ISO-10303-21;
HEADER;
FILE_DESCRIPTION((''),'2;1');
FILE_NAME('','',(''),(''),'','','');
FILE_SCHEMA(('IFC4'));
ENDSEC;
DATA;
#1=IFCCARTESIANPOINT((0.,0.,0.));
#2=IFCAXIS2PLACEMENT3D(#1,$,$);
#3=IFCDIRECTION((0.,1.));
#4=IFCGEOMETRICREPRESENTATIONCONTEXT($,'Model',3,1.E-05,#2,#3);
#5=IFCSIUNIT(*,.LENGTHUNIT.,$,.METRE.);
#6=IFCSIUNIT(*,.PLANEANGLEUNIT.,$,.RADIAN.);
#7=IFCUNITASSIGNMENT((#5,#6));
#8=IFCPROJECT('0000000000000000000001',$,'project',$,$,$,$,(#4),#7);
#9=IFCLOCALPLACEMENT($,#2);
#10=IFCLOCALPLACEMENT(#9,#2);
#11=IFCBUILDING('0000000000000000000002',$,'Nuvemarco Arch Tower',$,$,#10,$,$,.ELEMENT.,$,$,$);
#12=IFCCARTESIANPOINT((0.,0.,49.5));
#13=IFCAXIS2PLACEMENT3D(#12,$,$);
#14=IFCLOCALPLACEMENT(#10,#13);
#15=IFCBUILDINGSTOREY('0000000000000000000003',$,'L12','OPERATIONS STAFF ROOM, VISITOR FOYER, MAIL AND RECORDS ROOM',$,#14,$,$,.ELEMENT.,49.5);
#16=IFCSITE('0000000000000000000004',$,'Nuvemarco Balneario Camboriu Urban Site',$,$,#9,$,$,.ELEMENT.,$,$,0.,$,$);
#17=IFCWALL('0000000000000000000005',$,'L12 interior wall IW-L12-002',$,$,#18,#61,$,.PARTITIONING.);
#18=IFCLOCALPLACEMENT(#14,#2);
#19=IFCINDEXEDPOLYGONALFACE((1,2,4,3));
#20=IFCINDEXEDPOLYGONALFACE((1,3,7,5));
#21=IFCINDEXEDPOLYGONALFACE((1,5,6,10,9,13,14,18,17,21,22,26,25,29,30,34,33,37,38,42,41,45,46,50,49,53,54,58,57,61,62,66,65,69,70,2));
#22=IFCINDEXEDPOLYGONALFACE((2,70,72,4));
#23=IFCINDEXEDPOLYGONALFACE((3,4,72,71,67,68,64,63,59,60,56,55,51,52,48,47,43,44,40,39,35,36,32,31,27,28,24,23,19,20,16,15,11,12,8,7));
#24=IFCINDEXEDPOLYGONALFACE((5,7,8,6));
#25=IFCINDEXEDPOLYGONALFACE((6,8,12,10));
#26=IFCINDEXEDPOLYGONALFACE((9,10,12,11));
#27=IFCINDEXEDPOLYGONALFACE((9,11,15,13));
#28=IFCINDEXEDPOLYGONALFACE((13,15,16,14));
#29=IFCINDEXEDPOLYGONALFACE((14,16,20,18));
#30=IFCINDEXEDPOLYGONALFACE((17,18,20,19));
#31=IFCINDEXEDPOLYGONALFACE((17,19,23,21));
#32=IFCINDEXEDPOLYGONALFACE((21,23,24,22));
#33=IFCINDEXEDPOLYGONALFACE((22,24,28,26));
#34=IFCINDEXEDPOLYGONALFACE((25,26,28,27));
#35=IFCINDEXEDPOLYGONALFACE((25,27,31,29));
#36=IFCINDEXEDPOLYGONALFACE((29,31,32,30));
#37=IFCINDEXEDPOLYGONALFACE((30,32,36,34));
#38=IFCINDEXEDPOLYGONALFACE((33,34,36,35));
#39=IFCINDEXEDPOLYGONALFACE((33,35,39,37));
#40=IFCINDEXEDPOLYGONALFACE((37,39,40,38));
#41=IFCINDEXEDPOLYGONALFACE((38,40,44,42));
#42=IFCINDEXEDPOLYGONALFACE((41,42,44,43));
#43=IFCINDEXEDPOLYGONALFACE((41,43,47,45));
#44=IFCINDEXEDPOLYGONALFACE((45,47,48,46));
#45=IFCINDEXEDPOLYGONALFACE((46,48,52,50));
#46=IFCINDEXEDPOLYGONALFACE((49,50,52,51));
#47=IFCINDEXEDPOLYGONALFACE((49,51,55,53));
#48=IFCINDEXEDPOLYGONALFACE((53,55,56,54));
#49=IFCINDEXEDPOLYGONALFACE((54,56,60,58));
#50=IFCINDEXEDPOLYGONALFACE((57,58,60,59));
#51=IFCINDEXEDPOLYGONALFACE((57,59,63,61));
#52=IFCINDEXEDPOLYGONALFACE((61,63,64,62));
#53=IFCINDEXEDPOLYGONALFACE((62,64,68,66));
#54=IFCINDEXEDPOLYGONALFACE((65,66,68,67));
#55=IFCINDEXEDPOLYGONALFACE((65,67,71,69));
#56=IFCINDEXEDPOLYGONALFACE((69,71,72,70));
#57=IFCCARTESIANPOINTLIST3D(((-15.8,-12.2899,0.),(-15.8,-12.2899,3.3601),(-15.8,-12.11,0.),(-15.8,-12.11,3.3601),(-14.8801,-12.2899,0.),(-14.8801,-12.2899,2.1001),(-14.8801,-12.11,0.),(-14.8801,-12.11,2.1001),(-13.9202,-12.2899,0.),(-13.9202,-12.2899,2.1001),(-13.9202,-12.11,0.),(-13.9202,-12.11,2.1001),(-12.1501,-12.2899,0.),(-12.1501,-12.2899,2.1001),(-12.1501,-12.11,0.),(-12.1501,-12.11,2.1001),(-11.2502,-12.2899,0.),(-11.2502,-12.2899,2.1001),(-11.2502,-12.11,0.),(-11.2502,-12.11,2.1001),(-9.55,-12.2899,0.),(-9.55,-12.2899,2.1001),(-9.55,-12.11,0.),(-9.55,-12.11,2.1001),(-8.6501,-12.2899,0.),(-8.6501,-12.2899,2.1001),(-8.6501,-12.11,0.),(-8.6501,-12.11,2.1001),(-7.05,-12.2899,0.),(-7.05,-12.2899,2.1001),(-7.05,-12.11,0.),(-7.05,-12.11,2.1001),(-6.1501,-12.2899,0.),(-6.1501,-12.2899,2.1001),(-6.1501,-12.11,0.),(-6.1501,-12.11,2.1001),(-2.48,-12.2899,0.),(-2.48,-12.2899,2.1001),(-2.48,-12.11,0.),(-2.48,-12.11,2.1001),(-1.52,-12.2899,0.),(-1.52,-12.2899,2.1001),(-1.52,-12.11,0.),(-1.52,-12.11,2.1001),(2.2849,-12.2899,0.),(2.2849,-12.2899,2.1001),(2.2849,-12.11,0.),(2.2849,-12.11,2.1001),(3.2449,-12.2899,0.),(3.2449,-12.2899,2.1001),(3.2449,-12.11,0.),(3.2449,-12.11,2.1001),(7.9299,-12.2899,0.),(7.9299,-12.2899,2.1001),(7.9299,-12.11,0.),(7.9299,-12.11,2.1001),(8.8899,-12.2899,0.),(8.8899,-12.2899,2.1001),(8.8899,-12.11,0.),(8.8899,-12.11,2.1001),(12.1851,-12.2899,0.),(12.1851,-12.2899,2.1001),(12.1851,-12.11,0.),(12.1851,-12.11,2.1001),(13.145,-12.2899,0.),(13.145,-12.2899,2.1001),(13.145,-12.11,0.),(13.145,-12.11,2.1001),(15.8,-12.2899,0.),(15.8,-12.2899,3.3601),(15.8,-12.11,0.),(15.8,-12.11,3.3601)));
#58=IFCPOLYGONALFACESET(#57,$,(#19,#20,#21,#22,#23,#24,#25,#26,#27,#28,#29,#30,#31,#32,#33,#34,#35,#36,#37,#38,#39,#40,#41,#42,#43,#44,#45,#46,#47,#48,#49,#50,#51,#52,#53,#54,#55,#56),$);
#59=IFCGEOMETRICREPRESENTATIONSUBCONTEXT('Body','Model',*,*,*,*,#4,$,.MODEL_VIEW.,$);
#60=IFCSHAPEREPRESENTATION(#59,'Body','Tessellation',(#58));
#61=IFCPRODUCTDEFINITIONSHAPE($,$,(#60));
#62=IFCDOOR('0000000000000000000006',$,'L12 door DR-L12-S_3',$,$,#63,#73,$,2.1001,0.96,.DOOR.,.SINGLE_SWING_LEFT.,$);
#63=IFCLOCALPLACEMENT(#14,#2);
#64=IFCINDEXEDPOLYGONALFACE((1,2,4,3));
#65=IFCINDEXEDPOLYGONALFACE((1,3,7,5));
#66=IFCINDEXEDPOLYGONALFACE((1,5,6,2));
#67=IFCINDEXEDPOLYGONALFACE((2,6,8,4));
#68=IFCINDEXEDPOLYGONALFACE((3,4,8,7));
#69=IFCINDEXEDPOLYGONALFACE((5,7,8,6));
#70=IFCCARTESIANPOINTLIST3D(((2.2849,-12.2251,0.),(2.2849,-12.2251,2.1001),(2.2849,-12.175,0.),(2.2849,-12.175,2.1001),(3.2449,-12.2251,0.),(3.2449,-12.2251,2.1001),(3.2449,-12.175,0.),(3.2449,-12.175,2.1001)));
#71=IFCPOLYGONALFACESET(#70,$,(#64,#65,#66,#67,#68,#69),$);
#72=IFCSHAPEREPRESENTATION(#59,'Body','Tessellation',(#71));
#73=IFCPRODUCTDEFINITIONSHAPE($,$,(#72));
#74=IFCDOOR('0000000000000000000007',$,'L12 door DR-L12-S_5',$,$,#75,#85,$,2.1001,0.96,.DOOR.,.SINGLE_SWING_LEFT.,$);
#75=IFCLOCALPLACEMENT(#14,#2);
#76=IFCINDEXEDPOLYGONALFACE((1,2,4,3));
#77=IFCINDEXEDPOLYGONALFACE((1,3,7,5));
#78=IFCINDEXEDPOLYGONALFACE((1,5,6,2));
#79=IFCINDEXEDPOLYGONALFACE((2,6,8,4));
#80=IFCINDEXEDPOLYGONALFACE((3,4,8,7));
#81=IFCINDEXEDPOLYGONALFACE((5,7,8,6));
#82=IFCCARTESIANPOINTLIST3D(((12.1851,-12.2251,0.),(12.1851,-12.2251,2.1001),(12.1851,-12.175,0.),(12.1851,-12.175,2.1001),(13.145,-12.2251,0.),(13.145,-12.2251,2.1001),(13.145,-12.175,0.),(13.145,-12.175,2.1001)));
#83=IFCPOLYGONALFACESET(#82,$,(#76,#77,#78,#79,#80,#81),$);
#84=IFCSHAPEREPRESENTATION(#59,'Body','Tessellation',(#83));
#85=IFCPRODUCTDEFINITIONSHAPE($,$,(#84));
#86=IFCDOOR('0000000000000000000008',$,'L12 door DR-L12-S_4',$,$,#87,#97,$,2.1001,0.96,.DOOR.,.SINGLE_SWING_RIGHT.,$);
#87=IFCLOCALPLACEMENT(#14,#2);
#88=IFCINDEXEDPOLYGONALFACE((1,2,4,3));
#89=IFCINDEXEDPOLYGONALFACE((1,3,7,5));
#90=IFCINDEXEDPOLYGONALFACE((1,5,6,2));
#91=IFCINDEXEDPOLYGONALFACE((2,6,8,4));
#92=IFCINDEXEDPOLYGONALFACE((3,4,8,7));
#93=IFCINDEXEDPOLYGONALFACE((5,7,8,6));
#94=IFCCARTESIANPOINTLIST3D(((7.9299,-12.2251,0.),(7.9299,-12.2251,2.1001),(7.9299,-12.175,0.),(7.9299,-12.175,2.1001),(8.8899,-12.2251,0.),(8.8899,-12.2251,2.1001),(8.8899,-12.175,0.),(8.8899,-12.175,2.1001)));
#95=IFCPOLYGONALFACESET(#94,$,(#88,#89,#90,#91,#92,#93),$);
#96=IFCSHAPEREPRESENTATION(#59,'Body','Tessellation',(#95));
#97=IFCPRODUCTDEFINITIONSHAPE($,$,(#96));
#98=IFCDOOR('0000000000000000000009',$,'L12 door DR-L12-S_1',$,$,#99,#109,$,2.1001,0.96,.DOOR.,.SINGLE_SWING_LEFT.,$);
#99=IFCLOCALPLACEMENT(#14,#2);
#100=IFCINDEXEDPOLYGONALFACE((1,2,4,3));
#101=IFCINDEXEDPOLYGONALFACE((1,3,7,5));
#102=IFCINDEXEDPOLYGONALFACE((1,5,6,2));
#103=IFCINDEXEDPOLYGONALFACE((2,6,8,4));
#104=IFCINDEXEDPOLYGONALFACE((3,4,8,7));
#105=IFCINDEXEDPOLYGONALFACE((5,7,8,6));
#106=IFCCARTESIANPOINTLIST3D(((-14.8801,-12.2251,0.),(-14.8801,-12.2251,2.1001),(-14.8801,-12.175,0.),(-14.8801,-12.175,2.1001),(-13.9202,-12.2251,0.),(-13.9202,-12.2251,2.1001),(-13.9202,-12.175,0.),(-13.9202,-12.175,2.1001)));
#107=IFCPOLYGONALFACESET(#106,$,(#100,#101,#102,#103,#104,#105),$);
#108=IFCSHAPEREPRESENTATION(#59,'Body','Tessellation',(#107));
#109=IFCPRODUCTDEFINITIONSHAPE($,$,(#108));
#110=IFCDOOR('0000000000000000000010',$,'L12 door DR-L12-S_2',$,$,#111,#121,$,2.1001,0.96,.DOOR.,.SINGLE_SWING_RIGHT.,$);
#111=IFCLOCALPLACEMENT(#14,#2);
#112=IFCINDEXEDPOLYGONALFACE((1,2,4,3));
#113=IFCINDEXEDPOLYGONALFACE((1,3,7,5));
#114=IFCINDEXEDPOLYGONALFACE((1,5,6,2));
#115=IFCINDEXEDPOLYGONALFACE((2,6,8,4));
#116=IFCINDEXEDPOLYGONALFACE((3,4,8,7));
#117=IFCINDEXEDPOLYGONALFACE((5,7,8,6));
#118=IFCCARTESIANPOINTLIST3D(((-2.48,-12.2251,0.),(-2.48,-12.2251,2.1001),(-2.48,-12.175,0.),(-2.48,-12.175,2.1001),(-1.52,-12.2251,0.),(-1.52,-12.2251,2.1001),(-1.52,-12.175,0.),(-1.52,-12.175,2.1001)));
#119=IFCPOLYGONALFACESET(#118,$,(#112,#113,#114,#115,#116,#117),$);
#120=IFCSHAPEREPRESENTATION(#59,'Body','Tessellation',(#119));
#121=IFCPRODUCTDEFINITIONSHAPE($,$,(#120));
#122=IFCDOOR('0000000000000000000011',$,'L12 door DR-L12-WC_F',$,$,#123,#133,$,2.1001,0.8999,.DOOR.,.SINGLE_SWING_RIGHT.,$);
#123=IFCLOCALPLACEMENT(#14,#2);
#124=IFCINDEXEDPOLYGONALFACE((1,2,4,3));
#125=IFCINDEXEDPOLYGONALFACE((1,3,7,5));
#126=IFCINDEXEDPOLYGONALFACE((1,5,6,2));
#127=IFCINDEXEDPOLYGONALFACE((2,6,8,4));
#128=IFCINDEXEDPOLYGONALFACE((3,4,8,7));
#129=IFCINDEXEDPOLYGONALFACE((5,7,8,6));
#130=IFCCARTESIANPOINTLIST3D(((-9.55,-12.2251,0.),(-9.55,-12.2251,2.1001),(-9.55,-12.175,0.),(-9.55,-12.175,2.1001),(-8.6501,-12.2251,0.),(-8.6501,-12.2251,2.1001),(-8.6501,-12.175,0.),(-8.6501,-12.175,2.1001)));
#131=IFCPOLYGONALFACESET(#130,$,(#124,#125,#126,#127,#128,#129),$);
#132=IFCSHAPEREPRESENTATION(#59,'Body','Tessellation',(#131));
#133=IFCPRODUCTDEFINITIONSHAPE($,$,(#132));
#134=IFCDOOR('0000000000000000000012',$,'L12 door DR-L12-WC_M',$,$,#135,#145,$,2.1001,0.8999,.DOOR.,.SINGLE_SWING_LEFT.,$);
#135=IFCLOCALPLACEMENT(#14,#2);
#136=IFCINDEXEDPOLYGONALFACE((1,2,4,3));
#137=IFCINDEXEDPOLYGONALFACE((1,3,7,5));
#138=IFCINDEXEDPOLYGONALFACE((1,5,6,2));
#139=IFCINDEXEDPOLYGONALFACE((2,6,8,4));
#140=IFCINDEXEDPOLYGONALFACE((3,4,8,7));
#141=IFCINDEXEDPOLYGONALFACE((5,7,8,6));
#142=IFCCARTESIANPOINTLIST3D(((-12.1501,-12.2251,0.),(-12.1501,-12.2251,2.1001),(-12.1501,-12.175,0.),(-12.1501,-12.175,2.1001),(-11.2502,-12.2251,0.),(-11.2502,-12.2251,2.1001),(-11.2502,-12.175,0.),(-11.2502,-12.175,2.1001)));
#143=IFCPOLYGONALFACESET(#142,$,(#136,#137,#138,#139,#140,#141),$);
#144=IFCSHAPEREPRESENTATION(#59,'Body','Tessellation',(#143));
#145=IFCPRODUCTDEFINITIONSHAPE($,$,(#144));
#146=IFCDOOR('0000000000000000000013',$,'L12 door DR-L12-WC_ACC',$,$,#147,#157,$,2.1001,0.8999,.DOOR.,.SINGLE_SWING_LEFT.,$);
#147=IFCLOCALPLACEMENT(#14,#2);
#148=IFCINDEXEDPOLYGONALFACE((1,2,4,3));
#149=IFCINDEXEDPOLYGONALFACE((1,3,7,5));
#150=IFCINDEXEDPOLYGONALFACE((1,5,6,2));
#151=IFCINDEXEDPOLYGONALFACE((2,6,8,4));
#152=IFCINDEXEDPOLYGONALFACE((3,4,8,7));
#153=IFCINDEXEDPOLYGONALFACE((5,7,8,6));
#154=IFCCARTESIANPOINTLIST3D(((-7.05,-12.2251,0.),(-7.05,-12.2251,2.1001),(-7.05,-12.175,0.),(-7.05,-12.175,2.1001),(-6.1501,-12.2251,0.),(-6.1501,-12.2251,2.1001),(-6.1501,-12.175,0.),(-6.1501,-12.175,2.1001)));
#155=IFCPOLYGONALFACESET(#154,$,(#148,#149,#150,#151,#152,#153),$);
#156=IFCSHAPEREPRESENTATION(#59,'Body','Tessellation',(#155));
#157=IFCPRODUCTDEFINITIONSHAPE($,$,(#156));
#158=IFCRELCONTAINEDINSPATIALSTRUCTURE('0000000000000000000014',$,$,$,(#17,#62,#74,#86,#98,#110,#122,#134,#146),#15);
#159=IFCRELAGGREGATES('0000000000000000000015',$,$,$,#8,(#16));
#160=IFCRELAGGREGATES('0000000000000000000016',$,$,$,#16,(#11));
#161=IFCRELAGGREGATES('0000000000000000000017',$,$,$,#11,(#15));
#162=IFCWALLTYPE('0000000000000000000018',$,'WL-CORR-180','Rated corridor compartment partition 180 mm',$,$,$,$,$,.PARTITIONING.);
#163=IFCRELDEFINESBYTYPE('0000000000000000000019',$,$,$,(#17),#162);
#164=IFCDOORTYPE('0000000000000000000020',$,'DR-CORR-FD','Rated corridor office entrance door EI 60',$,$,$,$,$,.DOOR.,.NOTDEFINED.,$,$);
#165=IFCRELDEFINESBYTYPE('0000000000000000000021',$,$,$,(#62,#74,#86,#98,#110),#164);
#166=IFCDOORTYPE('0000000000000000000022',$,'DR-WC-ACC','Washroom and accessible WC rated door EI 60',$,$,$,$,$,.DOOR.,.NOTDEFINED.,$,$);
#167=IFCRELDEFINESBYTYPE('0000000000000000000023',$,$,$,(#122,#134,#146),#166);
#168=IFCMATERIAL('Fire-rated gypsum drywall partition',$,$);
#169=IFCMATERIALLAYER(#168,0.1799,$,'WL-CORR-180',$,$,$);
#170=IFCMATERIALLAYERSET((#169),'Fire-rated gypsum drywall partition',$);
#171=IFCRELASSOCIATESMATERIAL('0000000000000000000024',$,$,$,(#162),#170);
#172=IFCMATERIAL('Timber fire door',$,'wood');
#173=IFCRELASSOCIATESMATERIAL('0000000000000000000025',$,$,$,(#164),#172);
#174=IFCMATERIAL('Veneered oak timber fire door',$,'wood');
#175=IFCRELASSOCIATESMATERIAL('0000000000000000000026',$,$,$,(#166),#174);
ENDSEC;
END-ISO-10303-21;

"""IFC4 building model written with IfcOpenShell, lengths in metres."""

from ifc_helpers import new_model, si_unit, direction, frame, frame_2d, origin, place, context, subcontext, project, spatial, rectangle, extrude, source, transform, mapped, material, layer, layer_set, type_object, type_shapes, element, fill, save


model = new_model("IFC4")

# Units and contexts
model_context = context("Model", 3, precision=1e-05, world=origin(), true_north=direction((0.0, 1.0)))
body_context = subcontext(model_context, "Body", "Model", "MODEL_VIEW")
ifc_project = project(units=[si_unit("LENGTHUNIT", "METRE"), si_unit("PLANEANGLEUNIT", "RADIAN")], contexts=[model_context])

# Site, building, storey
site_placement = place(None, origin())
site = spatial("IfcSite", under=ifc_project, at=site_placement, Name="Nuvemarco Balneario Camboriu Urban Site", CompositionType="ELEMENT", RefElevation=0.0)
building_placement = place(site_placement, origin())
building = spatial("IfcBuilding", under=site, at=building_placement, Name="Nuvemarco Arch Tower", CompositionType="ELEMENT")
storey_placement = place(building_placement, frame((0.0, 0.0, 49.5)))
storey = spatial("IfcBuildingStorey", under=building, at=storey_placement, Name="L12", Description="OPERATIONS STAFF ROOM, VISITOR FOYER, MAIL AND RECORDS ROOM", CompositionType="ELEMENT", Elevation=49.5)

# Shared definitions
ifc_material_1 = material(Name="Fire-rated gypsum drywall partition")
ifc_layer_1 = layer(ifc_material_1, 0.1799, Name="WL-CORR-180")
ifc_layer_set_1 = layer_set([ifc_layer_1], Name="Fire-rated gypsum drywall partition")
wall_type_1 = type_object("IfcWallType", Name="WL-CORR-180", Description="Rated corridor compartment partition 180 mm", PredefinedType="PARTITIONING", material=ifc_layer_set_1)

# Wall, openings, doors
wall_1_placement = place(storey_placement, frame((-15.8, -12.2, 0.0), z_axis=(0.0, 0.0, 1.0), x_axis=(1.0, 0.0, 0.0)))
wall_1 = element("IfcWall", 1, at=wall_1_placement, inside=storey, type_object=wall_type_1, Name="L12 interior wall IW-L12-002", PredefinedType="PARTITIONING", context=body_context, shape_type="SweptSolid", body=[
    extrude(rectangle(XDim=31.6001, YDim=0.1799, at=frame_2d((15.8, 0.0))), origin(), (0.0, 0.0, 1.0), 3.3601),
])
opening_1_placement = place(wall_1_placement, frame((18.085, 0.0, 0.0)))
opening_1 = element("IfcOpeningElement", 2, at=opening_1_placement, cuts=wall_1, PredefinedType="OPENING", context=body_context, shape_type="SweptSolid", body=[
    extrude(rectangle(XDim=0.96, YDim=2.1001, at=frame_2d((0.48, 1.05))), frame((0.0, 0.0999, 0.0), z_axis=(0.0, -1.0, 0.0), x_axis=(1.0, 0.0, 0.0)), (0.0, 0.0, 1.0), 0.2),
])
opening_2_placement = place(wall_1_placement, frame((27.9851, 0.0, 0.0)))
opening_2 = element("IfcOpeningElement", 3, at=opening_2_placement, cuts=wall_1, PredefinedType="OPENING", context=body_context, shape_type="SweptSolid", body=[
    extrude(rectangle(XDim=0.96, YDim=2.1001, at=frame_2d((0.48, 1.05))), frame((0.0, 0.0999, 0.0), z_axis=(0.0, -1.0, 0.0), x_axis=(1.0, 0.0, 0.0)), (0.0, 0.0, 1.0), 0.2),
])
opening_3_placement = place(wall_1_placement, frame((23.73, 0.0, 0.0)))
opening_3 = element("IfcOpeningElement", 4, at=opening_3_placement, cuts=wall_1, PredefinedType="OPENING", context=body_context, shape_type="SweptSolid", body=[
    extrude(rectangle(XDim=0.96, YDim=2.1001, at=frame_2d((0.48, 1.05))), frame((0.0, 0.0999, 0.0), z_axis=(0.0, -1.0, 0.0), x_axis=(1.0, 0.0, 0.0)), (0.0, 0.0, 1.0), 0.2),
])
opening_4_placement = place(wall_1_placement, frame((0.9199, 0.0, 0.0)))
opening_4 = element("IfcOpeningElement", 5, at=opening_4_placement, cuts=wall_1, PredefinedType="OPENING", context=body_context, shape_type="SweptSolid", body=[
    extrude(rectangle(XDim=0.96, YDim=2.1001, at=frame_2d((0.48, 1.05))), frame((0.0, 0.0999, 0.0), z_axis=(0.0, -1.0, 0.0), x_axis=(1.0, 0.0, 0.0)), (0.0, 0.0, 1.0), 0.2),
])
opening_5_placement = place(wall_1_placement, frame((6.25, 0.0, 0.0)))
opening_5 = element("IfcOpeningElement", 6, at=opening_5_placement, cuts=wall_1, PredefinedType="OPENING", context=body_context, shape_type="SweptSolid", body=[
    extrude(rectangle(XDim=0.8999, YDim=2.1001, at=frame_2d((0.45, 1.05))), frame((0.0, 0.0999, 0.0), z_axis=(0.0, -1.0, 0.0), x_axis=(1.0, 0.0, 0.0)), (0.0, 0.0, 1.0), 0.2),
])
opening_6_placement = place(wall_1_placement, frame((3.6499, 0.0, 0.0)))
opening_6 = element("IfcOpeningElement", 7, at=opening_6_placement, cuts=wall_1, PredefinedType="OPENING", context=body_context, shape_type="SweptSolid", body=[
    extrude(rectangle(XDim=0.8999, YDim=2.1001, at=frame_2d((0.45, 1.05))), frame((0.0, 0.0999, 0.0), z_axis=(0.0, -1.0, 0.0), x_axis=(1.0, 0.0, 0.0)), (0.0, 0.0, 1.0), 0.2),
])
opening_7_placement = place(wall_1_placement, frame((13.3201, 0.0, 0.0)))
opening_7 = element("IfcOpeningElement", 8, at=opening_7_placement, cuts=wall_1, PredefinedType="OPENING", context=body_context, shape_type="SweptSolid", body=[
    extrude(rectangle(XDim=0.96, YDim=2.1001, at=frame_2d((0.48, 1.05))), frame((0.0, 0.0999, 0.0), z_axis=(0.0, -1.0, 0.0), x_axis=(1.0, 0.0, 0.0)), (0.0, 0.0, 1.0), 0.2),
])
opening_8_placement = place(wall_1_placement, frame((8.75, 0.0, 0.0)))
opening_8 = element("IfcOpeningElement", 9, at=opening_8_placement, cuts=wall_1, PredefinedType="OPENING", context=body_context, shape_type="SweptSolid", body=[
    extrude(rectangle(XDim=0.8999, YDim=2.1001, at=frame_2d((0.45, 1.05))), frame((0.0, 0.0999, 0.0), z_axis=(0.0, -1.0, 0.0), x_axis=(1.0, 0.0, 0.0)), (0.0, 0.0, 1.0), 0.2),
])
ifc_material_2 = material(Name="Timber fire door", Category="wood")
door_type_1 = type_object("IfcDoorType", Name="DR-CORR-FD", Description="Rated corridor office entrance door EI 60", OperationType="NOTDEFINED", PredefinedType="DOOR", material=ifc_material_2)
shared_shape_1 = source(origin(), body_context, "Body", "SweptSolid", [
    extrude(rectangle(XDim=0.96, YDim=2.1001, at=frame_2d((0.48, 1.05))), frame((0.0, 0.0249, 0.0), z_axis=(0.0, -1.0, 0.0), x_axis=(1.0, 0.0, 0.0)), (0.0, 0.0, 1.0), 0.05),
])
type_shapes(door_type_1, [shared_shape_1])
door_1_placement = place(opening_1_placement, origin())
door_1 = element("IfcDoor", 10, at=door_1_placement, inside=storey, type_object=door_type_1, Name="L12 door DR-L12-S_3", OperationType="SINGLE_SWING_LEFT", OverallHeight=2.1001, OverallWidth=0.96, PredefinedType="DOOR", context=body_context, shape_type="MappedRepresentation", body=[
    mapped(shared_shape_1, transform((0.0, 0.0, 0.0), scale=1.0)),
])
fill(opening_1, door_1)
door_2_placement = place(opening_2_placement, origin())
door_2 = element("IfcDoor", 11, at=door_2_placement, inside=storey, type_object=door_type_1, Name="L12 door DR-L12-S_5", OperationType="SINGLE_SWING_LEFT", OverallHeight=2.1001, OverallWidth=0.96, PredefinedType="DOOR", context=body_context, shape_type="MappedRepresentation", body=[
    mapped(shared_shape_1, transform((0.0, 0.0, 0.0), scale=1.0)),
])
fill(opening_2, door_2)
door_3_placement = place(opening_3_placement, origin())
door_3 = element("IfcDoor", 12, at=door_3_placement, inside=storey, type_object=door_type_1, Name="L12 door DR-L12-S_4", OperationType="SINGLE_SWING_RIGHT", OverallHeight=2.1001, OverallWidth=0.96, PredefinedType="DOOR", context=body_context, shape_type="MappedRepresentation", body=[
    mapped(shared_shape_1, transform((0.0, 0.0, 0.0), scale=1.0)),
])
fill(opening_3, door_3)
door_4_placement = place(opening_4_placement, origin())
door_4 = element("IfcDoor", 13, at=door_4_placement, inside=storey, type_object=door_type_1, Name="L12 door DR-L12-S_1", OperationType="SINGLE_SWING_LEFT", OverallHeight=2.1001, OverallWidth=0.96, PredefinedType="DOOR", context=body_context, shape_type="MappedRepresentation", body=[
    mapped(shared_shape_1, transform((0.0, 0.0, 0.0), scale=1.0)),
])
fill(opening_4, door_4)
door_5_placement = place(opening_7_placement, origin())
door_5 = element("IfcDoor", 14, at=door_5_placement, inside=storey, type_object=door_type_1, Name="L12 door DR-L12-S_2", OperationType="SINGLE_SWING_RIGHT", OverallHeight=2.1001, OverallWidth=0.96, PredefinedType="DOOR", context=body_context, shape_type="MappedRepresentation", body=[
    mapped(shared_shape_1, transform((0.0, 0.0, 0.0), scale=1.0)),
])
fill(opening_7, door_5)
ifc_material_3 = material(Name="Veneered oak timber fire door", Category="wood")
door_type_2 = type_object("IfcDoorType", Name="DR-WC-ACC", Description="Washroom and accessible WC rated door EI 60", OperationType="NOTDEFINED", PredefinedType="DOOR", material=ifc_material_3)
shared_shape_2 = source(origin(), body_context, "Body", "SweptSolid", [
    extrude(rectangle(XDim=0.8999, YDim=2.1001, at=frame_2d((0.45, 1.05))), frame((0.0, 0.0249, 0.0), z_axis=(0.0, -1.0, 0.0), x_axis=(1.0, 0.0, 0.0)), (0.0, 0.0, 1.0), 0.05),
])
type_shapes(door_type_2, [shared_shape_2])
door_6_placement = place(opening_5_placement, origin())
door_6 = element("IfcDoor", 15, at=door_6_placement, inside=storey, type_object=door_type_2, Name="L12 door DR-L12-WC_F", OperationType="SINGLE_SWING_RIGHT", OverallHeight=2.1001, OverallWidth=0.8999, PredefinedType="DOOR", context=body_context, shape_type="MappedRepresentation", body=[
    mapped(shared_shape_2, transform((0.0, 0.0, 0.0), scale=1.0)),
])
fill(opening_5, door_6)
door_7_placement = place(opening_6_placement, origin())
door_7 = element("IfcDoor", 16, at=door_7_placement, inside=storey, type_object=door_type_2, Name="L12 door DR-L12-WC_M", OperationType="SINGLE_SWING_LEFT", OverallHeight=2.1001, OverallWidth=0.8999, PredefinedType="DOOR", context=body_context, shape_type="MappedRepresentation", body=[
    mapped(shared_shape_2, transform((0.0, 0.0, 0.0), scale=1.0)),
])
fill(opening_6, door_7)
door_8_placement = place(opening_8_placement, origin())
door_8 = element("IfcDoor", 17, at=door_8_placement, inside=storey, type_object=door_type_2, Name="L12 door DR-L12-WC_ACC", OperationType="SINGLE_SWING_LEFT", OverallHeight=2.1001, OverallWidth=0.8999, PredefinedType="DOOR", context=body_context, shape_type="MappedRepresentation", body=[
    mapped(shared_shape_2, transform((0.0, 0.0, 0.0), scale=1.0)),
])
fill(opening_8, door_8)

save(model, "model.ifc")
